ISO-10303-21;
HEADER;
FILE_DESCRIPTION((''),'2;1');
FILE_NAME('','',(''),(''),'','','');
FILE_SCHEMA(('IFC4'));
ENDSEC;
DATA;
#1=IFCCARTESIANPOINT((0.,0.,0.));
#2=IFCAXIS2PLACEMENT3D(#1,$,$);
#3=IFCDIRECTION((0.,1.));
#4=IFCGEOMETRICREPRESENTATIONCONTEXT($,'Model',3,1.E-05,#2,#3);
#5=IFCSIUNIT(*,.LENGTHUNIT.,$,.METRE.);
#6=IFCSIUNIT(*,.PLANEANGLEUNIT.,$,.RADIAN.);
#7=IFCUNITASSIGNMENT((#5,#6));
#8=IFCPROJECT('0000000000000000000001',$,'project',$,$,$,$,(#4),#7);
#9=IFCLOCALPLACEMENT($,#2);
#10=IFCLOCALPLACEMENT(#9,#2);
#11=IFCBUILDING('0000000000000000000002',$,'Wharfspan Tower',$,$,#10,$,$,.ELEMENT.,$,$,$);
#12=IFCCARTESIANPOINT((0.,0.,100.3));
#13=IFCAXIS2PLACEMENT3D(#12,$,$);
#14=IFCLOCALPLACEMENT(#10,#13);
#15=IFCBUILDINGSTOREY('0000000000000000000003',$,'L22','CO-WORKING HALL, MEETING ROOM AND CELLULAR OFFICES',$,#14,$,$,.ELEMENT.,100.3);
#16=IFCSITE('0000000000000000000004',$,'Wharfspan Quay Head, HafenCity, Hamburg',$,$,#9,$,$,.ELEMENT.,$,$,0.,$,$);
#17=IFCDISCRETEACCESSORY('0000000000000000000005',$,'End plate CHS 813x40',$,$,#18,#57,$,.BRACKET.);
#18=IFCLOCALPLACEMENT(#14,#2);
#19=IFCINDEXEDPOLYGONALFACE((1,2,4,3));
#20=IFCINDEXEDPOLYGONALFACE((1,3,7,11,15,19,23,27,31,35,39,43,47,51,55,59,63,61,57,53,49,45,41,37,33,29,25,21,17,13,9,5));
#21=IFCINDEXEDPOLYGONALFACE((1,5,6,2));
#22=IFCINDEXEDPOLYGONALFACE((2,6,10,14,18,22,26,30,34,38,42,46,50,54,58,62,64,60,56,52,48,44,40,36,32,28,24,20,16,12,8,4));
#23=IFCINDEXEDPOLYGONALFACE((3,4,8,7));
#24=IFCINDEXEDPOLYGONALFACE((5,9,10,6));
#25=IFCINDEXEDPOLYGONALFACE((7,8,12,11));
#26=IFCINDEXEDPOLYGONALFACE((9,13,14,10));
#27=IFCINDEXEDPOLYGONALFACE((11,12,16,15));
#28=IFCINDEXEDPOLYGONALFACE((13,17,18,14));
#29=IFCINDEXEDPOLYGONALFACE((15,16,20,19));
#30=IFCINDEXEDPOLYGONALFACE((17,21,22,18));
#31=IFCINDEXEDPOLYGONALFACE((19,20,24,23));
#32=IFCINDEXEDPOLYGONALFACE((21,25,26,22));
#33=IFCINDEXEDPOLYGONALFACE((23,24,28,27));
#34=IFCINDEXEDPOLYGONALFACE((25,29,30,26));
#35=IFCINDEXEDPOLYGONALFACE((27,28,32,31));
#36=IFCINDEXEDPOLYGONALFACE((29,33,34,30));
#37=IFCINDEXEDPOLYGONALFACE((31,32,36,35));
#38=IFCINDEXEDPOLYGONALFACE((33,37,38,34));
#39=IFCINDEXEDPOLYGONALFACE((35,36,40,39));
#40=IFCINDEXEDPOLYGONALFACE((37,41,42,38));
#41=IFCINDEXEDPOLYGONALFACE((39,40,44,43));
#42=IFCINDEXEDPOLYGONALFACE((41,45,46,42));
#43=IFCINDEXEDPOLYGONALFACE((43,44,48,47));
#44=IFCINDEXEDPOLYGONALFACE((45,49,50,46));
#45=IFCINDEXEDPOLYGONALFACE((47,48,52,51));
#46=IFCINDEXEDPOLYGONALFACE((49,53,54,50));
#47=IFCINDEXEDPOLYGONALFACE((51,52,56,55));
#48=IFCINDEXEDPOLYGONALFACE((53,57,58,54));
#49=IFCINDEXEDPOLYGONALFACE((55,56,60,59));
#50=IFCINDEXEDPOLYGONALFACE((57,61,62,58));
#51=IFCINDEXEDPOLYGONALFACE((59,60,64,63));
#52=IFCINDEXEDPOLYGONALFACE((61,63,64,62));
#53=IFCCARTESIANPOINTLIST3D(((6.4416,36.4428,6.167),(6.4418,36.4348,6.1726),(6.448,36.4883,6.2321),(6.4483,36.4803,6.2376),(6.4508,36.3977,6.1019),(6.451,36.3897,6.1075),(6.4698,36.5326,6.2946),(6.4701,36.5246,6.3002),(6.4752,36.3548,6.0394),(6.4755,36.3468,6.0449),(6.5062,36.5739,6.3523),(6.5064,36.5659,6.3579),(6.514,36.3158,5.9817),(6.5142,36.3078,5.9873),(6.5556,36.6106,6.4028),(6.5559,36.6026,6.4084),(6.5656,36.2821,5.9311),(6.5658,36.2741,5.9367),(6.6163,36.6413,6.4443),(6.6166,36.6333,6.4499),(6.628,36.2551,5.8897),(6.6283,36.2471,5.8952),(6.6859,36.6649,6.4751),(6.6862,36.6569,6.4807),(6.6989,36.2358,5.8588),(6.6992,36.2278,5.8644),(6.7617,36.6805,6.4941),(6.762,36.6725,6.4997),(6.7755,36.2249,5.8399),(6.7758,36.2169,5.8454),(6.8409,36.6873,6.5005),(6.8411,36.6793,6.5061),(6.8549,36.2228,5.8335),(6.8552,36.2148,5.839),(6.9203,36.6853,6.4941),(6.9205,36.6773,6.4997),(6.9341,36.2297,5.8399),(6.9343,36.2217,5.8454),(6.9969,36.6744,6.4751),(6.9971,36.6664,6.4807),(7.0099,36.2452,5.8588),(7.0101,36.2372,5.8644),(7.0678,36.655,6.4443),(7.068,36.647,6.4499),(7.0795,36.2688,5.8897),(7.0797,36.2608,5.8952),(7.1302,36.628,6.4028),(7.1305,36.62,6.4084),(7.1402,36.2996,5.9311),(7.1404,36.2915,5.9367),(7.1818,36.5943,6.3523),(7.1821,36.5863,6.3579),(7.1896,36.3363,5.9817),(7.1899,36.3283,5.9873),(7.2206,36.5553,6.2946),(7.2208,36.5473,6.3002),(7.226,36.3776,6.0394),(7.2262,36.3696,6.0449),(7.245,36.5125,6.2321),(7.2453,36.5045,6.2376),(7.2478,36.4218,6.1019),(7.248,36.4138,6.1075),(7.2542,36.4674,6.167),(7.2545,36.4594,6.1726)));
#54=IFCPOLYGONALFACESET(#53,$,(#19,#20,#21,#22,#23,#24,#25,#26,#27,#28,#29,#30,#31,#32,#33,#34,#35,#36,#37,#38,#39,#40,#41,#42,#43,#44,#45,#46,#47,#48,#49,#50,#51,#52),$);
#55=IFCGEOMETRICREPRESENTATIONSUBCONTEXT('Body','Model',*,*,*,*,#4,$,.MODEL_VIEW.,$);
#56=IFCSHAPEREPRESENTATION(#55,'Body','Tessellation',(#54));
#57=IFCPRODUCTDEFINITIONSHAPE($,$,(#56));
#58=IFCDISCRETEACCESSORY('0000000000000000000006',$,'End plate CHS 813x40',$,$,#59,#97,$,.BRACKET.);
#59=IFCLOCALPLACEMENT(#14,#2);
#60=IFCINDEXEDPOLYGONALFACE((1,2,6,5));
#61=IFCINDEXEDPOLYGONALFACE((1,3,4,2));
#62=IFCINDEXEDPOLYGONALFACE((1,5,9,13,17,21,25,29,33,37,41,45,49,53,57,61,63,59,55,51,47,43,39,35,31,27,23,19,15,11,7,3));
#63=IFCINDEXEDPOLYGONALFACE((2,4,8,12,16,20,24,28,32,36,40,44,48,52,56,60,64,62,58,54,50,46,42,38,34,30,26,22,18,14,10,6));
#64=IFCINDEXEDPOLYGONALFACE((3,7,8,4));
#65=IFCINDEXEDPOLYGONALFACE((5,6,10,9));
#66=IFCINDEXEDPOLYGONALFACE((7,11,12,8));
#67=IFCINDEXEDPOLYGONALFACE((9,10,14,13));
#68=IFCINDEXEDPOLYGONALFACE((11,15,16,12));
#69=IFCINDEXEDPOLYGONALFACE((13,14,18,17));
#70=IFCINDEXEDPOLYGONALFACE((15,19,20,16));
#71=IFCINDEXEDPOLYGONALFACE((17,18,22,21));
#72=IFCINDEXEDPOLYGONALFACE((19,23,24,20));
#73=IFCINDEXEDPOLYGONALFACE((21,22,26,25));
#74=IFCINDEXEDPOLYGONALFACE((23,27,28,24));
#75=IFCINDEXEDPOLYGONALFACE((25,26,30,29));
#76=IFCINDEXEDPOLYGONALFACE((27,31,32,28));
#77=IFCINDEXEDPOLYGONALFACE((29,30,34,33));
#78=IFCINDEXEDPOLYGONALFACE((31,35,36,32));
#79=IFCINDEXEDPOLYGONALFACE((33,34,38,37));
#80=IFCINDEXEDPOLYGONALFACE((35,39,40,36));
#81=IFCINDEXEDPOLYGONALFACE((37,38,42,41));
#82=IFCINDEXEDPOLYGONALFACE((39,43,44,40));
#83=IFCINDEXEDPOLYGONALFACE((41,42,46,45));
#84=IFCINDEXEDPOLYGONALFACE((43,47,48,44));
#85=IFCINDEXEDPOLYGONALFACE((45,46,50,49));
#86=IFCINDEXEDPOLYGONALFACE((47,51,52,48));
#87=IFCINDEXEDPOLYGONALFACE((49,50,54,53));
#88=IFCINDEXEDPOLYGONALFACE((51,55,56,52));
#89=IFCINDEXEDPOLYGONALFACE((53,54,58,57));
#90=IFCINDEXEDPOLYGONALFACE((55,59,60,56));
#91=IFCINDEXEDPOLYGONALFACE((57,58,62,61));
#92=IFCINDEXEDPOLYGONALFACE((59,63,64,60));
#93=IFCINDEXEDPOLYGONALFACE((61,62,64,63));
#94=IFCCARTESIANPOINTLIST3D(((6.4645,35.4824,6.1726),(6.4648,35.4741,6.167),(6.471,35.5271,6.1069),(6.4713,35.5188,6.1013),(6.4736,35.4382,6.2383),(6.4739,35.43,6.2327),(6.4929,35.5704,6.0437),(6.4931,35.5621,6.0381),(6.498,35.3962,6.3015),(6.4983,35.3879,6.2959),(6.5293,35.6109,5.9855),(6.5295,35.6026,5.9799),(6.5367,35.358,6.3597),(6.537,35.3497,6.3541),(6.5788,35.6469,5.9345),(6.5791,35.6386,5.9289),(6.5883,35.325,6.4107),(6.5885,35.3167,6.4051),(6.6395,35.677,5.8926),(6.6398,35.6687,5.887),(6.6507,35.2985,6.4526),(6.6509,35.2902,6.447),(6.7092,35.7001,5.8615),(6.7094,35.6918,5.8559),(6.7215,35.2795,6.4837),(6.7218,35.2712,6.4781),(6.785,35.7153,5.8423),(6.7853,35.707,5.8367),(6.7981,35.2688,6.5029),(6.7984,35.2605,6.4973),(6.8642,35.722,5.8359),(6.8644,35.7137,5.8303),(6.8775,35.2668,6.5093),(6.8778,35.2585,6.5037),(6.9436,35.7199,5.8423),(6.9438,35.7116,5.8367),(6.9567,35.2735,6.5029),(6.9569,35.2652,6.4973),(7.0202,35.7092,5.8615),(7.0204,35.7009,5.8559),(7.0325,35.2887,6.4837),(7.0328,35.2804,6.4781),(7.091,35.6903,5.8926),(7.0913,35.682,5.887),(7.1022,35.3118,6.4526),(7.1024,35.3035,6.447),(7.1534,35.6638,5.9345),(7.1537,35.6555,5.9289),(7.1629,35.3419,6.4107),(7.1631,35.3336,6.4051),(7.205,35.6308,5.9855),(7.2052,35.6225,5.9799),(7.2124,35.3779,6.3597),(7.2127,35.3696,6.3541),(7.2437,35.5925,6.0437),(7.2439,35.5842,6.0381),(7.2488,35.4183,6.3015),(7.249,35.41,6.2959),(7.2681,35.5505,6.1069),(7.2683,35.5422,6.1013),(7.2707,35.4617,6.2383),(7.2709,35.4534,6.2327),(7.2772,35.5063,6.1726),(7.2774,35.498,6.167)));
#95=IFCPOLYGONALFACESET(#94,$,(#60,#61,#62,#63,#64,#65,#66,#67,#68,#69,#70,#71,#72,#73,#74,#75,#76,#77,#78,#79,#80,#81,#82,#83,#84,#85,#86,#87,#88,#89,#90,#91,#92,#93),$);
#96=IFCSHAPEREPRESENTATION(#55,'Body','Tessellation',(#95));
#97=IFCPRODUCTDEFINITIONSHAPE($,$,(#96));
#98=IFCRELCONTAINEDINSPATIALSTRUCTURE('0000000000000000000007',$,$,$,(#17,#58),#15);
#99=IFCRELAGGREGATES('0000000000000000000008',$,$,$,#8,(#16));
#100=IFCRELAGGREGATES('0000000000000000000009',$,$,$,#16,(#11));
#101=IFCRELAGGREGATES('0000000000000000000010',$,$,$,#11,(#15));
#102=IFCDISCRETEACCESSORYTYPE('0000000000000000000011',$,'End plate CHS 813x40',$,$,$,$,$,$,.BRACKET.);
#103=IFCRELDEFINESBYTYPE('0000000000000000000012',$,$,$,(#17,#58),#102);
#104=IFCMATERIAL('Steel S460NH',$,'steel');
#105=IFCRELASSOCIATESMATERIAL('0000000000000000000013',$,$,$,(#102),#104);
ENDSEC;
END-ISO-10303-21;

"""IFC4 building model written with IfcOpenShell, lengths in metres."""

from ifc_helpers import new_model, si_unit, direction, frame, origin, origin_2d, place, context, subcontext, project, spatial, circle, extrude, material, material_profile, profile_set, type_object, element, save


model = new_model("IFC4")

# Units and contexts
model_context = context("Model", 3, precision=1e-05, world=origin(), true_north=direction((0.0, 1.0)))
body_context = subcontext(model_context, "Body", "Model", "MODEL_VIEW")
ifc_project = project(units=[si_unit("LENGTHUNIT", "METRE"), si_unit("PLANEANGLEUNIT", "RADIAN")], contexts=[model_context])

# Site, building, storey
site_placement = place(None, origin())
site = spatial("IfcSite", under=ifc_project, at=site_placement, Name="Wharfspan Quay Head, HafenCity, Hamburg", CompositionType="ELEMENT", RefElevation=0.0)
building_placement = place(site_placement, origin())
building = spatial("IfcBuilding", under=site, at=building_placement, Name="Wharfspan Tower", CompositionType="ELEMENT")
storey_placement = place(building_placement, frame((0.0, 0.0, 100.3)))
storey = spatial("IfcBuildingStorey", under=building, at=storey_placement, Name="L22", Description="CO-WORKING HALL, MEETING ROOM AND CELLULAR OFFICES", CompositionType="ELEMENT", Elevation=100.3)

# Shared definitions
ifc_material_1 = material(Name="Steel S460NH", Category="steel")

# Discrete accessories
ifc_material_profile_1 = material_profile(ifc_material_1, circle(Radius=0.4065, at=origin_2d()))
ifc_profile_set_1 = profile_set([ifc_material_profile_1], Name="Steel S460NH")
discrete_accessory_type = type_object("IfcDiscreteAccessoryType", Name="End plate CHS 813x40", PredefinedType="BRACKET", material=ifc_profile_set_1)
discrete_accessory_1_placement = place(storey_placement, frame((6.8479, 36.4551, 6.167), z_axis=(0.024853, -0.820145, 0.571616), x_axis=(0.999542, 0.03029, 0.000001)))
element("IfcDiscreteAccessory", 1, at=discrete_accessory_1_placement, inside=storey, type_object=discrete_accessory_type, Name="End plate CHS 813x40", PredefinedType="BRACKET", context=body_context, shape_type="SweptSolid", body=[
    extrude(circle(Radius=0.4065, at=origin_2d()), origin(), (0.0, 0.0, 1.0), 0.0098),
])
discrete_accessory_2_placement = place(storey_placement, frame((6.8711, 35.4861, 6.167), z_axis=(-0.024354, 0.828038, 0.560143), x_axis=(-0.999568, -0.029399, 0.0)))
element("IfcDiscreteAccessory", 2, at=discrete_accessory_2_placement, inside=storey, type_object=discrete_accessory_type, Name="End plate CHS 813x40", PredefinedType="BRACKET", context=body_context, shape_type="SweptSolid", body=[
    extrude(circle(Radius=0.4065, at=origin_2d()), origin(), (0.0, 0.0, 1.0), 0.01),
])

save(model, "model.ifc")
